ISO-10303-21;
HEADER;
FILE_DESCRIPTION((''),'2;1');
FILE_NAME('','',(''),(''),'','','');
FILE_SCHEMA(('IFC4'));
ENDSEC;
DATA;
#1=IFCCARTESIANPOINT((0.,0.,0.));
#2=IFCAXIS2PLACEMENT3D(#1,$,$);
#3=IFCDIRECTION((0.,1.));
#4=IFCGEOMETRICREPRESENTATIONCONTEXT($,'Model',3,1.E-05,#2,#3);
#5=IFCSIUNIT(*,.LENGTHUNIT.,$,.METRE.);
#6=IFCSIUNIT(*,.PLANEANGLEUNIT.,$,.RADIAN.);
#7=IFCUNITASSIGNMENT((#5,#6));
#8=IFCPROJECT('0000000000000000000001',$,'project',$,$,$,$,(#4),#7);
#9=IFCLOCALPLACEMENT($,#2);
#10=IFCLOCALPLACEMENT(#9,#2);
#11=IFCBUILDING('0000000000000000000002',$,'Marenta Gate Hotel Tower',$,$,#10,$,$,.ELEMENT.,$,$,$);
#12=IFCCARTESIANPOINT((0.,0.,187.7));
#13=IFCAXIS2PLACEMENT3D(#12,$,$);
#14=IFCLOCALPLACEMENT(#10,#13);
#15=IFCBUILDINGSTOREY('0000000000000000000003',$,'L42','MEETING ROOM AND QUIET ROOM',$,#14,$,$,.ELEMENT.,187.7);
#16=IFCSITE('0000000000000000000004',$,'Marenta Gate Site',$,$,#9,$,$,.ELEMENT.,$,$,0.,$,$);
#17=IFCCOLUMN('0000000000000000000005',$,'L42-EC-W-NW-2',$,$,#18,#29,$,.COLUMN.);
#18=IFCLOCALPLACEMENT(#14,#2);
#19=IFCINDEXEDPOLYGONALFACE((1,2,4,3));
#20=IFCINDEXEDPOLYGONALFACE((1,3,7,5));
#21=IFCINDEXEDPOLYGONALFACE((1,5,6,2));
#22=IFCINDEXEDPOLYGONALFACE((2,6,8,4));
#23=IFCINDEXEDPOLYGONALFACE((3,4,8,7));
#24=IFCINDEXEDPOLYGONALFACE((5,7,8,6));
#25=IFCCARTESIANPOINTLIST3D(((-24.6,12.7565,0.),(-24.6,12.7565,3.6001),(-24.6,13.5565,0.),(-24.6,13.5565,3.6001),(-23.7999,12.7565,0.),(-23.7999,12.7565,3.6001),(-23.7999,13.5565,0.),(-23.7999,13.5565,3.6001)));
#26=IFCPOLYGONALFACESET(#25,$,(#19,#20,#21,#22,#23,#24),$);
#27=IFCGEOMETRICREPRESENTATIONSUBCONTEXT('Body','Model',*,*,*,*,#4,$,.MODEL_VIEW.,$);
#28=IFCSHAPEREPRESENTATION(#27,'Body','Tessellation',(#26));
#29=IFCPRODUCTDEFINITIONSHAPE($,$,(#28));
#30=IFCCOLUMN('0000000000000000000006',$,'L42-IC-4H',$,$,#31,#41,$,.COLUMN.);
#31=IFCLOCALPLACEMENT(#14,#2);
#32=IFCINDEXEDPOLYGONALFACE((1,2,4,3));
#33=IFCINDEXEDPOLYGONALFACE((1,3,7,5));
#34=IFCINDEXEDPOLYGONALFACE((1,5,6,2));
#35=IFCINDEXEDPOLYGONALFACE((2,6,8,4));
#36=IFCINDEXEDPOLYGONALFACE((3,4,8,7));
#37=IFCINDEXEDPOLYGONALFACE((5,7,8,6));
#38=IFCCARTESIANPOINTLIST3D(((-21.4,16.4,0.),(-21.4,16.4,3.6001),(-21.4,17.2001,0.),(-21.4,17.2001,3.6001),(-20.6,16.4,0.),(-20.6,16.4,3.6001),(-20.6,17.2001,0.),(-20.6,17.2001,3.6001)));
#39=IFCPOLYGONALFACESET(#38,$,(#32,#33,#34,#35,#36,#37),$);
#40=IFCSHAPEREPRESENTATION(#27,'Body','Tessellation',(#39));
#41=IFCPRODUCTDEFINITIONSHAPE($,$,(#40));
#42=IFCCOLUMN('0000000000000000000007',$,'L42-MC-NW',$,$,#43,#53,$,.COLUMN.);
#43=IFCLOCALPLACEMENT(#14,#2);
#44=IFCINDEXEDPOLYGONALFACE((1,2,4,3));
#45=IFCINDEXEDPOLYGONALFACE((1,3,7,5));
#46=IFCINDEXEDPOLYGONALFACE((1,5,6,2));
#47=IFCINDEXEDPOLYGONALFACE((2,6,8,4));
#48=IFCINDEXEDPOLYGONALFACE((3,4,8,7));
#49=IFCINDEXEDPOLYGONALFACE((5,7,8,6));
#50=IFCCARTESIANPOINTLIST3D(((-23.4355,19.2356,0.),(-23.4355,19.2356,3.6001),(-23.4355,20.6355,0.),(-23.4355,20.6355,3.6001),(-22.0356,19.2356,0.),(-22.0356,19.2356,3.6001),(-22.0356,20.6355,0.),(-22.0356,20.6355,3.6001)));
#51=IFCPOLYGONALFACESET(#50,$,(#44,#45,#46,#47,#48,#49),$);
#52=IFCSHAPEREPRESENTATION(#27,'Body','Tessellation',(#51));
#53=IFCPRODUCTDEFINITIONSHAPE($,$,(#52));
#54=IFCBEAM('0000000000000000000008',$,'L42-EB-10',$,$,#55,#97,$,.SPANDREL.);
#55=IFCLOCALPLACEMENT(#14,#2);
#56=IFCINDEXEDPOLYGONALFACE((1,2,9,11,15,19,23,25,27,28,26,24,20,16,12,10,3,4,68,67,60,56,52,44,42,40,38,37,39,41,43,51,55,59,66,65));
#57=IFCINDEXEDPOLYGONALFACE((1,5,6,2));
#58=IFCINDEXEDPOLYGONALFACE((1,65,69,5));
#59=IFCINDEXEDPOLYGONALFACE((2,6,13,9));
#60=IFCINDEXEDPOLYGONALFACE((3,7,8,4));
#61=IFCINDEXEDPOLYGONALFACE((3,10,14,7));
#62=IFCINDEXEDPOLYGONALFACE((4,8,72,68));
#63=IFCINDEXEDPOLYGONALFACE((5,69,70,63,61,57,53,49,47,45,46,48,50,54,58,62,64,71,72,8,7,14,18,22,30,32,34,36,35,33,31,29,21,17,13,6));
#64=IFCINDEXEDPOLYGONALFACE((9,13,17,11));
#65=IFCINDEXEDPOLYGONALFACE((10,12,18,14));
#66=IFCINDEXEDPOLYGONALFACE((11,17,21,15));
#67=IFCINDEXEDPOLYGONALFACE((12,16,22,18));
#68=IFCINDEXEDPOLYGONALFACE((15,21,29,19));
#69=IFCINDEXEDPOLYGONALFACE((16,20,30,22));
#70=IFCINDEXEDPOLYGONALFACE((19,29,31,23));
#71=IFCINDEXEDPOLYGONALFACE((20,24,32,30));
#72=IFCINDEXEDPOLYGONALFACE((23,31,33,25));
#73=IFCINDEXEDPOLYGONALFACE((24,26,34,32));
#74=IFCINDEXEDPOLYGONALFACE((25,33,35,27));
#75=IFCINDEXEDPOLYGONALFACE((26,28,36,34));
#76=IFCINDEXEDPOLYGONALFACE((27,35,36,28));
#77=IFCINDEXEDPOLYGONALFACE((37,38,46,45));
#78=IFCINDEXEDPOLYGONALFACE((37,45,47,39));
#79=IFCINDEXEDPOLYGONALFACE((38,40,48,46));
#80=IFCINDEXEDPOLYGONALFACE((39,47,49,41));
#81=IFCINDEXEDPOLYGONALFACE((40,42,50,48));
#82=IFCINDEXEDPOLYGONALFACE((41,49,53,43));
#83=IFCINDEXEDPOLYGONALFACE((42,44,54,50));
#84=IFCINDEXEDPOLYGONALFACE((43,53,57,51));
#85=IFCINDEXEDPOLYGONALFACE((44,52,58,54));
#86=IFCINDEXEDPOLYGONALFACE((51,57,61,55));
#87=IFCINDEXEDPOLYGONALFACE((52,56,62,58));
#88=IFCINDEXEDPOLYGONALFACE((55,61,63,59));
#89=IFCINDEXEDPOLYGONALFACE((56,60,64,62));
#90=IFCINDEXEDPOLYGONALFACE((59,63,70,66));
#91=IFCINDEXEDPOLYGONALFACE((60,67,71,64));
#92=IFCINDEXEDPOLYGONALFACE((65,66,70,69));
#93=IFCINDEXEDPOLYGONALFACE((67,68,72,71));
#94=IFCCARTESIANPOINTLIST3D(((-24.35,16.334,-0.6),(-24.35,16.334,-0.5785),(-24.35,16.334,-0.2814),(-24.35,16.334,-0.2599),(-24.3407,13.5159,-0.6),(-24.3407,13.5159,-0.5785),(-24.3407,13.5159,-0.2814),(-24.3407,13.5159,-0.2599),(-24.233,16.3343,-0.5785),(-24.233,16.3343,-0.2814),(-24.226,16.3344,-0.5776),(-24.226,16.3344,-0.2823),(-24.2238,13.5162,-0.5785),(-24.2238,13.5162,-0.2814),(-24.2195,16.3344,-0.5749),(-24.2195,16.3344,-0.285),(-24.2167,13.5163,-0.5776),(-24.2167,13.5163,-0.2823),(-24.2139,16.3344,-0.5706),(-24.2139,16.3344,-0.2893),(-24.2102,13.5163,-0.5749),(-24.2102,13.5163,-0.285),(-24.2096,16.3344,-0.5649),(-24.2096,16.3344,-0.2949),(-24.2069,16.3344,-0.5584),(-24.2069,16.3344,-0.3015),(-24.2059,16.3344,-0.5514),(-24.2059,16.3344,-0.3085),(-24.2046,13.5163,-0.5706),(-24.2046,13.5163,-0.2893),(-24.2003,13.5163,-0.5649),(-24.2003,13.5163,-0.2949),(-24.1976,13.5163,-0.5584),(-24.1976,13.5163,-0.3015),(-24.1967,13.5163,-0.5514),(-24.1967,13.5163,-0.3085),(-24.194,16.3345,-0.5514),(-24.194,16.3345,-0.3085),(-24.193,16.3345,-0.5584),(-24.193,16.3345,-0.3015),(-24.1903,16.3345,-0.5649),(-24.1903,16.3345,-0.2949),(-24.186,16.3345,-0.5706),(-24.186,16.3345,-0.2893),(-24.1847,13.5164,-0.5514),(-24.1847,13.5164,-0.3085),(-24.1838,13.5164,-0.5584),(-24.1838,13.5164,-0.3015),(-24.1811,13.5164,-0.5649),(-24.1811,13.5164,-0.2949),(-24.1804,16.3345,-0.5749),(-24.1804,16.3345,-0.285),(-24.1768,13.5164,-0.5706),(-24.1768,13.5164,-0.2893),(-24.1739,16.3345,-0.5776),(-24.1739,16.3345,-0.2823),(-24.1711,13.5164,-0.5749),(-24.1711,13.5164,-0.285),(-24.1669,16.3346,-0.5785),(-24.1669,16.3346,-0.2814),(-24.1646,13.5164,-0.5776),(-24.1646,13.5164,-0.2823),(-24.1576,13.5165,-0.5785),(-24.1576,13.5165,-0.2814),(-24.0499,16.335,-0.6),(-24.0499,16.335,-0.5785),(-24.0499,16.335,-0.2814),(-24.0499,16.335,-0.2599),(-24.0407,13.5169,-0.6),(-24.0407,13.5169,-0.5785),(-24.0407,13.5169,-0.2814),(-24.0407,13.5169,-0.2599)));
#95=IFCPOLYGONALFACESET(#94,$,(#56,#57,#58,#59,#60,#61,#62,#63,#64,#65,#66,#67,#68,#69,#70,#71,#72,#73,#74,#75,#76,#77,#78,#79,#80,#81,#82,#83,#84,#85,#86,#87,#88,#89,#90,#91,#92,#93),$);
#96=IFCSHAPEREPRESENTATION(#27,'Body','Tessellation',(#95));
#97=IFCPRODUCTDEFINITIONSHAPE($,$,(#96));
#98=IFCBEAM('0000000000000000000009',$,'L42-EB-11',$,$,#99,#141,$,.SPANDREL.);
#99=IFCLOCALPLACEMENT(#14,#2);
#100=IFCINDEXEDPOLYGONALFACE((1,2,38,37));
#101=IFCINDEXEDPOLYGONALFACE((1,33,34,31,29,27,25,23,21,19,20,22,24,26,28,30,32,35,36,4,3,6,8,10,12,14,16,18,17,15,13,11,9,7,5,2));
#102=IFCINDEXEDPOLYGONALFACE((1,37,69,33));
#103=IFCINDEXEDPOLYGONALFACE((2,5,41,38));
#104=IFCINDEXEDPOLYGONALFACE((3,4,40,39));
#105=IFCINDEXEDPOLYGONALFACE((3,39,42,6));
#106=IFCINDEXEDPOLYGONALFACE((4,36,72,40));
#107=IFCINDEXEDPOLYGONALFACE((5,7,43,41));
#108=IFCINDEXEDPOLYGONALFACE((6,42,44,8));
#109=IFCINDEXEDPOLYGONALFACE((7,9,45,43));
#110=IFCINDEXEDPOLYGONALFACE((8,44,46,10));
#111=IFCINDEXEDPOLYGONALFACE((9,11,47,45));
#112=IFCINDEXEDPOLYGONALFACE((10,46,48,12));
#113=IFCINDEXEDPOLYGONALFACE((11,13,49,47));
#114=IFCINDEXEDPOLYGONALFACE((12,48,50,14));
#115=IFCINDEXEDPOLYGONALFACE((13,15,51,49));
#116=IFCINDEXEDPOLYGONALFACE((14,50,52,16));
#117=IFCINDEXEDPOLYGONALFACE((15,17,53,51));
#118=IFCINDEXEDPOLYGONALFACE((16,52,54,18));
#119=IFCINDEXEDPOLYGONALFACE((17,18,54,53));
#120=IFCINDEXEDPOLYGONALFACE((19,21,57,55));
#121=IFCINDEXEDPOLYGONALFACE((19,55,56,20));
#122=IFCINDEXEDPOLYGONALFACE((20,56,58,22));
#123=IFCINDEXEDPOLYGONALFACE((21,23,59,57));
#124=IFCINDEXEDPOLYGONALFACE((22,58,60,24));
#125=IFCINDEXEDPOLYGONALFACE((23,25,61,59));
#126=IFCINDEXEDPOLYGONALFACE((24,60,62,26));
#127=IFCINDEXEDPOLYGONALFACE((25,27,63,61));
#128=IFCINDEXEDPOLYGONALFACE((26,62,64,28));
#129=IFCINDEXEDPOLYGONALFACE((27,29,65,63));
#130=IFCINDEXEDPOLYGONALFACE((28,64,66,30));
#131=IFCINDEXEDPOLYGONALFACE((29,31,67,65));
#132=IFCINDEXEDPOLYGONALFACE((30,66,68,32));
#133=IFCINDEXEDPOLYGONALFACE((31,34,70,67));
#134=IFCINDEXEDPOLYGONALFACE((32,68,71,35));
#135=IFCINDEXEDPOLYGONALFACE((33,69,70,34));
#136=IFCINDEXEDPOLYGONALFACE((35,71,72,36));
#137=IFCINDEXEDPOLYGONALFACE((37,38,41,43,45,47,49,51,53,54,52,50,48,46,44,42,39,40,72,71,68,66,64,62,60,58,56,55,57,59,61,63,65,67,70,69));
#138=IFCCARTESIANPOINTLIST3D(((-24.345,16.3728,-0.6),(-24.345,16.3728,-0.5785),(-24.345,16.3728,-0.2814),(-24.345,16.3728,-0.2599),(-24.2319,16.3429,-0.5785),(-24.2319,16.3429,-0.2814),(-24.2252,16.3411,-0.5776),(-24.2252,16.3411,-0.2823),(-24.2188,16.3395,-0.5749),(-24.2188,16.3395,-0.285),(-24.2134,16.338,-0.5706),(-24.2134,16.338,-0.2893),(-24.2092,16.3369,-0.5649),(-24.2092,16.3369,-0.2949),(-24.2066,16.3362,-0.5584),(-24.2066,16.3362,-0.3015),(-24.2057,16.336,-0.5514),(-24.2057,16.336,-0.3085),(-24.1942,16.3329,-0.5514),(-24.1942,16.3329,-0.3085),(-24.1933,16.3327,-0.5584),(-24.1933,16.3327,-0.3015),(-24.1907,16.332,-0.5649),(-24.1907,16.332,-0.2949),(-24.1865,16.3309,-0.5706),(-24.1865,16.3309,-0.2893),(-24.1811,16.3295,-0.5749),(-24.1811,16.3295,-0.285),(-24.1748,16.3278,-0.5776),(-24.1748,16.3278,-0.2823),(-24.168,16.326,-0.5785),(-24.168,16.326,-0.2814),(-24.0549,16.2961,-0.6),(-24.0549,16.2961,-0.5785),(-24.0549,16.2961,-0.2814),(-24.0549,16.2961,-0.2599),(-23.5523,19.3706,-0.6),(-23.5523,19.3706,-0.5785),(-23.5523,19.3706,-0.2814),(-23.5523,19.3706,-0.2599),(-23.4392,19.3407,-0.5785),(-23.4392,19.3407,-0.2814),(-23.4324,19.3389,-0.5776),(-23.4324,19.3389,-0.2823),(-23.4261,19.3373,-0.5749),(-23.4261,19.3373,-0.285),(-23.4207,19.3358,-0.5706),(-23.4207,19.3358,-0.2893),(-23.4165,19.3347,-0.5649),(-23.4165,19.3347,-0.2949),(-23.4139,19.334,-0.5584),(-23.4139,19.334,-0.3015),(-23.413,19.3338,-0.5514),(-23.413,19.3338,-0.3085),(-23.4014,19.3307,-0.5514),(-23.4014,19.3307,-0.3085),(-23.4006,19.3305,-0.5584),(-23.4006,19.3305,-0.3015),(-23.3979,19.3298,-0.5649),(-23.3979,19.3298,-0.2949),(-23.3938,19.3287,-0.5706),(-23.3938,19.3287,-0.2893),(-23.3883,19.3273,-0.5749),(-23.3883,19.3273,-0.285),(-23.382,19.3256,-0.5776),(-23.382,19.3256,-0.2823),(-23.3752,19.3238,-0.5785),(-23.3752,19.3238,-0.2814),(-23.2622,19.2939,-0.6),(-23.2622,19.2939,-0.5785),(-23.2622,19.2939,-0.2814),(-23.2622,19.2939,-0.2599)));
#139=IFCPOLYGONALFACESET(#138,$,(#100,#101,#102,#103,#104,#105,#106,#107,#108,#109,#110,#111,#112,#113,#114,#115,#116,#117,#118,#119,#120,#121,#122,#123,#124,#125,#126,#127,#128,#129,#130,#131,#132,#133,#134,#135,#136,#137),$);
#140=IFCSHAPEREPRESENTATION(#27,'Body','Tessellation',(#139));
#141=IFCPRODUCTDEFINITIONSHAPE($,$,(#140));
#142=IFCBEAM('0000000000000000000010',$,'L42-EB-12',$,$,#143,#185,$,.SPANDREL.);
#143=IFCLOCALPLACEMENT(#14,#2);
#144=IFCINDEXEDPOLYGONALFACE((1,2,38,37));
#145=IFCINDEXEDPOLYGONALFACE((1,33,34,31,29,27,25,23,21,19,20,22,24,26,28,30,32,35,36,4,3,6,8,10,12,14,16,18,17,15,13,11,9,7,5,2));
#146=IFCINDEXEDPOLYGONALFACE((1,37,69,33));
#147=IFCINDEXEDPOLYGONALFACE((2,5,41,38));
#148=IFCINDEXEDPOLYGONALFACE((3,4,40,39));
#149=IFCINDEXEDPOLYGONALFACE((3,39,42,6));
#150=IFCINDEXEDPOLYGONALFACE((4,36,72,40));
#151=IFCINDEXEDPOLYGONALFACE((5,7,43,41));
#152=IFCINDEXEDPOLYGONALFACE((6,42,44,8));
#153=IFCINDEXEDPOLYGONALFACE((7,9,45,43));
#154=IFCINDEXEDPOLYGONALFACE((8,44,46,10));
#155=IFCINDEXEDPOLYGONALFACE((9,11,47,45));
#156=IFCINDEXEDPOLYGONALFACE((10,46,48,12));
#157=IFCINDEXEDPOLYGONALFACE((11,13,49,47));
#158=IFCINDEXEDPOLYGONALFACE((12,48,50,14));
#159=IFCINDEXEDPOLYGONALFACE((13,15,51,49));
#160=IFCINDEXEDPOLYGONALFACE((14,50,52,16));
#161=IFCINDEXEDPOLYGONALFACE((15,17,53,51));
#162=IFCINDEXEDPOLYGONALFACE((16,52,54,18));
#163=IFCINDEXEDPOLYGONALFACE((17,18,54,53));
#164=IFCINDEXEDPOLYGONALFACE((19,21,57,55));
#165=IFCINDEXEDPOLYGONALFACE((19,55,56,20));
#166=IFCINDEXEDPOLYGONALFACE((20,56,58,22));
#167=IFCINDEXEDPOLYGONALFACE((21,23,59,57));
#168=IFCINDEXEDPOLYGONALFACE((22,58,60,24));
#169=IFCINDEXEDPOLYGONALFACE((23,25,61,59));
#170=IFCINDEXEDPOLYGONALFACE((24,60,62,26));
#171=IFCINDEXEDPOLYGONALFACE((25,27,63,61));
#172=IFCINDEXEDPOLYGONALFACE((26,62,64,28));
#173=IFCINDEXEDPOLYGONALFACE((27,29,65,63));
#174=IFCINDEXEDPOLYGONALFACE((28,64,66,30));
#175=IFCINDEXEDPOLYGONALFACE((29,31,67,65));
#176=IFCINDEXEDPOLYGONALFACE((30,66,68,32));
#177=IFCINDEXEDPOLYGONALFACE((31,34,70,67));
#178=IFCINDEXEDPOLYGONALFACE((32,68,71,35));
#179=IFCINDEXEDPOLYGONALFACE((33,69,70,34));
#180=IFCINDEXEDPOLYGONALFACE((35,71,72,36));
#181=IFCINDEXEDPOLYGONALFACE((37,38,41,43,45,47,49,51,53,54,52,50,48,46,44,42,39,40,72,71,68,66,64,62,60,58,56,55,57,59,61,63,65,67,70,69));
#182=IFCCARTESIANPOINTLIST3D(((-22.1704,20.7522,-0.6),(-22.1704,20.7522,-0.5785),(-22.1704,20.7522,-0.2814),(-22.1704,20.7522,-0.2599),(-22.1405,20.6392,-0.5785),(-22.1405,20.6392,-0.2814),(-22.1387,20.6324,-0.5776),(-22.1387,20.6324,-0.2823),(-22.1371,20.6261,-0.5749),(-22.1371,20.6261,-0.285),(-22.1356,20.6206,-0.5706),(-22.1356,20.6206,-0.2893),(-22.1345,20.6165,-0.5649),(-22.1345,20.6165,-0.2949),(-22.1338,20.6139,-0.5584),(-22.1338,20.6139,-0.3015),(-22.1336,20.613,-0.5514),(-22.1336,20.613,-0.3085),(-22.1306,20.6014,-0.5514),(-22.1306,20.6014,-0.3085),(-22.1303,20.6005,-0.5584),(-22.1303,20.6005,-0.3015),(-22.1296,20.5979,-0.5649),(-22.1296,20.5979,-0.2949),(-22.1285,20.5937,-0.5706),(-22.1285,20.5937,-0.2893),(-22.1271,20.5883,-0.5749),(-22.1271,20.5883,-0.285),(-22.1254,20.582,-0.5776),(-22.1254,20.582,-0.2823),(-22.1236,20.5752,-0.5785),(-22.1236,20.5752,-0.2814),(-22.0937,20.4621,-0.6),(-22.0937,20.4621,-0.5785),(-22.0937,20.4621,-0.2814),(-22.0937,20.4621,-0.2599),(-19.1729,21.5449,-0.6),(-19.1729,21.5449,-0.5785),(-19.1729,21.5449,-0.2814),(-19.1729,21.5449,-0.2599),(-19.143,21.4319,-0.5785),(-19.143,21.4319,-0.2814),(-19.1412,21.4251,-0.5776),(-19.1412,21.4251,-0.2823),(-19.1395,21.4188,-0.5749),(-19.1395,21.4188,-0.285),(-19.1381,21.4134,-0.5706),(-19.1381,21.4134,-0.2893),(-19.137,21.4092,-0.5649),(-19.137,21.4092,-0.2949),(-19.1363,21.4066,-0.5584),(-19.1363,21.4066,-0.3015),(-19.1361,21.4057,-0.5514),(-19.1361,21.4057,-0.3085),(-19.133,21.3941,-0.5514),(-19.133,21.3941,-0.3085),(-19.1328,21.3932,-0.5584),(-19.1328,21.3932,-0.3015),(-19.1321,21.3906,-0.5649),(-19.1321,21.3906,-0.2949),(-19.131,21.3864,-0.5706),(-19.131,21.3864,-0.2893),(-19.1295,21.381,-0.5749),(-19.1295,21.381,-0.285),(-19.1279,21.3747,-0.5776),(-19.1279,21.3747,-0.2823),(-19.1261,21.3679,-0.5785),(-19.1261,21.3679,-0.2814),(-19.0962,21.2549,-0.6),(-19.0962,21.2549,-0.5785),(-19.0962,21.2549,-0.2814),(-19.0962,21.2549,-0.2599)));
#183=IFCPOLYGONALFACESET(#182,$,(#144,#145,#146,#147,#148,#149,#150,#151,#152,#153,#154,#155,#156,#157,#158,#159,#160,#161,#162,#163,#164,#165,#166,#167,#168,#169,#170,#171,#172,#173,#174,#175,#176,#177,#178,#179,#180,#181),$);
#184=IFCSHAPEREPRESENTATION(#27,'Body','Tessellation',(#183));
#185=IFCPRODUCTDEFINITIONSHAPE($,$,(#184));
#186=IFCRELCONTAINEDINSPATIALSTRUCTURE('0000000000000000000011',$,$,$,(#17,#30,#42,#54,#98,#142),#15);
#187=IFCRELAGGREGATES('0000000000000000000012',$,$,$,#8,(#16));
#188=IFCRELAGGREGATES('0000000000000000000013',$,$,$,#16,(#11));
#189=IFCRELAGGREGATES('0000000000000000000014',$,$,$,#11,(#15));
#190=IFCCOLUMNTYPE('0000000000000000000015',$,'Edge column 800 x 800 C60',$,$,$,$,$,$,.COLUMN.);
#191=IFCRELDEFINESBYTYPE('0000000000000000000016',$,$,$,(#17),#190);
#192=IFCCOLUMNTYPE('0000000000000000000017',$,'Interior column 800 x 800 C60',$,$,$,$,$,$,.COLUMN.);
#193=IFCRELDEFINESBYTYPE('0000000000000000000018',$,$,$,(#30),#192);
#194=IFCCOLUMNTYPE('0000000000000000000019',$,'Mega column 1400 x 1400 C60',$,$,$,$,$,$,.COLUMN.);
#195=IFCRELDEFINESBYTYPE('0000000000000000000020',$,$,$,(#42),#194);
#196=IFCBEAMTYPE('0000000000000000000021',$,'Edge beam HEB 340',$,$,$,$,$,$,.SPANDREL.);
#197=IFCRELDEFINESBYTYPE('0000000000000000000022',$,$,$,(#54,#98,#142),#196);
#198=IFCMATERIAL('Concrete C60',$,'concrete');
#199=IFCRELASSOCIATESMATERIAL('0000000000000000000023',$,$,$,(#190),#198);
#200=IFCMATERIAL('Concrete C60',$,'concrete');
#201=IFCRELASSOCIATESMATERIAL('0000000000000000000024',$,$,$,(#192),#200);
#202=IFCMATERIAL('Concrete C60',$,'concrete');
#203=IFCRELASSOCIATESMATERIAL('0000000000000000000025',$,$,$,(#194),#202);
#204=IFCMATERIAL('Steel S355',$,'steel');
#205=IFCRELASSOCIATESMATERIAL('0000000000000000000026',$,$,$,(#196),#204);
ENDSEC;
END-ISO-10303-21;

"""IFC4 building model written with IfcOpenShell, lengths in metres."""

from ifc_helpers import new_model, si_unit, direction, frame, origin, origin_2d, place, context, subcontext, project, spatial, rectangle, i_section, extrude, material, material_profile, profile_set, type_object, element, save


model = new_model("IFC4")

# Units and contexts
model_context = context("Model", 3, precision=1e-05, world=origin(), true_north=direction((0.0, 1.0)))
body_context = subcontext(model_context, "Body", "Model", "MODEL_VIEW")
ifc_project = project(units=[si_unit("LENGTHUNIT", "METRE"), si_unit("PLANEANGLEUNIT", "RADIAN")], contexts=[model_context])

# Site, building, storey
site_placement = place(None, origin())
site = spatial("IfcSite", under=ifc_project, at=site_placement, Name="Marenta Gate Site", CompositionType="ELEMENT", RefElevation=0.0)
building_placement = place(site_placement, origin())
building = spatial("IfcBuilding", under=site, at=building_placement, Name="Marenta Gate Hotel Tower", CompositionType="ELEMENT")
storey_placement = place(building_placement, frame((0.0, 0.0, 187.7)))
storey = spatial("IfcBuildingStorey", under=building, at=storey_placement, Name="L42", Description="MEETING ROOM AND QUIET ROOM", CompositionType="ELEMENT", Elevation=187.7)

# Columns
ifc_material_1 = material(Name="Concrete C60", Category="concrete")
ifc_material_profile_1 = material_profile(ifc_material_1, rectangle(XDim=0.8, YDim=0.8, at=origin_2d()), Name="800 x 800")
ifc_profile_set_1 = profile_set([ifc_material_profile_1], Name="Concrete C60")
column_type_1 = type_object("IfcColumnType", Name="Edge column 800 x 800 C60", PredefinedType="COLUMN", material=ifc_profile_set_1)
column_1_placement = place(storey_placement, frame((-24.2, 13.1565, 0.0), z_axis=(0.0, 0.0, 1.0), x_axis=(1.0, 0.0, 0.0)))
element("IfcColumn", 1, at=column_1_placement, inside=storey, type_object=column_type_1, Name="L42-EC-W-NW-2", PredefinedType="COLUMN", context=body_context, shape_type="SweptSolid", body=[
    extrude(rectangle(XDim=0.8, YDim=0.8, at=origin_2d()), origin(), (0.0, 0.0, 1.0), 3.6001),
])
ifc_material_2 = material(Name="Concrete C60", Category="concrete")
ifc_material_profile_2 = material_profile(ifc_material_2, rectangle(XDim=0.8, YDim=0.8, at=origin_2d()), Name="800 x 800")
ifc_profile_set_2 = profile_set([ifc_material_profile_2], Name="Concrete C60")
column_type_2 = type_object("IfcColumnType", Name="Interior column 800 x 800 C60", PredefinedType="COLUMN", material=ifc_profile_set_2)
column_2_placement = place(storey_placement, frame((-21.0, 16.8, 0.0), z_axis=(0.0, 0.0, 1.0), x_axis=(1.0, 0.0, 0.0)))
element("IfcColumn", 2, at=column_2_placement, inside=storey, type_object=column_type_2, Name="L42-IC-4H", PredefinedType="COLUMN", context=body_context, shape_type="SweptSolid", body=[
    extrude(rectangle(XDim=0.8, YDim=0.8, at=origin_2d()), origin(), (0.0, 0.0, 1.0), 3.6001),
])
ifc_material_3 = material(Name="Concrete C60", Category="concrete")
ifc_material_profile_3 = material_profile(ifc_material_3, rectangle(XDim=1.3999, YDim=1.3999, at=origin_2d()), Name="1400 x 1400")
ifc_profile_set_3 = profile_set([ifc_material_profile_3], Name="Concrete C60")
column_type_3 = type_object("IfcColumnType", Name="Mega column 1400 x 1400 C60", PredefinedType="COLUMN", material=ifc_profile_set_3)
column_3_placement = place(storey_placement, frame((-22.7356, 19.9355, 0.0), z_axis=(0.0, 0.0, 1.0), x_axis=(1.0, 0.0, 0.0)))
element("IfcColumn", 3, at=column_3_placement, inside=storey, type_object=column_type_3, Name="L42-MC-NW", PredefinedType="COLUMN", context=body_context, shape_type="SweptSolid", body=[
    extrude(rectangle(XDim=1.3999, YDim=1.3999, at=origin_2d()), origin(), (0.0, 0.0, 1.0), 3.6001),
])

# Beams
ifc_material_4 = material(Name="Steel S355", Category="steel")
ifc_material_profile_4 = material_profile(ifc_material_4, i_section(OverallWidth=0.3, OverallDepth=0.3401, WebThickness=0.012, FlangeThickness=0.0215, FilletRadius=0.0271, at=origin_2d()), Name="HEB 340")
ifc_profile_set_4 = profile_set([ifc_material_profile_4], Name="Steel S355")
beam_type_1 = type_object("IfcBeamType", Name="Edge beam HEB 340", PredefinedType="SPANDREL", material=ifc_profile_set_4)
beam_1_placement = place(storey_placement, frame((-24.1907, 13.5164, -0.4299), z_axis=(-0.003292, 0.999995, 0.0), x_axis=(-0.999995, -0.003292, 0.0)))
element("IfcBeam", 4, at=beam_1_placement, inside=storey, type_object=beam_type_1, Name="L42-EB-10", PredefinedType="SPANDREL", context=body_context, shape_type="SweptSolid", body=[
    extrude(i_section(OverallWidth=0.3, OverallDepth=0.3401, WebThickness=0.012, FlangeThickness=0.0215, FilletRadius=0.0271, at=origin_2d()), origin(), (0.0, 0.0, 1.0), 2.8181),
])
beam_2_placement = place(storey_placement, frame((-24.2, 16.3345, -0.4299), z_axis=(0.255648, 0.96677, 0.0), x_axis=(-0.96677, 0.255648, 0.0)))
element("IfcBeam", 5, at=beam_2_placement, inside=storey, type_object=beam_type_1, Name="L42-EB-11", PredefinedType="SPANDREL", context=body_context, shape_type="SweptSolid", body=[
    extrude(i_section(OverallWidth=0.3, OverallDepth=0.3401, WebThickness=0.012, FlangeThickness=0.0215, FilletRadius=0.0271, at=origin_2d()), origin(), (0.0, 0.0, 1.0), 3.1008),
])
beam_3_placement = place(storey_placement, frame((-22.1321, 20.6072, -0.4299), z_axis=(0.966765, 0.255667, 0.0), x_axis=(-0.255667, 0.966765, 0.0)))
element("IfcBeam", 6, at=beam_3_placement, inside=storey, type_object=beam_type_1, Name="L42-EB-12", PredefinedType="SPANDREL", context=body_context, shape_type="SweptSolid", body=[
    extrude(i_section(OverallWidth=0.3, OverallDepth=0.3401, WebThickness=0.012, FlangeThickness=0.0215, FilletRadius=0.0271, at=origin_2d()), origin(), (0.0, 0.0, 1.0), 3.1006),
])

save(model, "model.ifc")
